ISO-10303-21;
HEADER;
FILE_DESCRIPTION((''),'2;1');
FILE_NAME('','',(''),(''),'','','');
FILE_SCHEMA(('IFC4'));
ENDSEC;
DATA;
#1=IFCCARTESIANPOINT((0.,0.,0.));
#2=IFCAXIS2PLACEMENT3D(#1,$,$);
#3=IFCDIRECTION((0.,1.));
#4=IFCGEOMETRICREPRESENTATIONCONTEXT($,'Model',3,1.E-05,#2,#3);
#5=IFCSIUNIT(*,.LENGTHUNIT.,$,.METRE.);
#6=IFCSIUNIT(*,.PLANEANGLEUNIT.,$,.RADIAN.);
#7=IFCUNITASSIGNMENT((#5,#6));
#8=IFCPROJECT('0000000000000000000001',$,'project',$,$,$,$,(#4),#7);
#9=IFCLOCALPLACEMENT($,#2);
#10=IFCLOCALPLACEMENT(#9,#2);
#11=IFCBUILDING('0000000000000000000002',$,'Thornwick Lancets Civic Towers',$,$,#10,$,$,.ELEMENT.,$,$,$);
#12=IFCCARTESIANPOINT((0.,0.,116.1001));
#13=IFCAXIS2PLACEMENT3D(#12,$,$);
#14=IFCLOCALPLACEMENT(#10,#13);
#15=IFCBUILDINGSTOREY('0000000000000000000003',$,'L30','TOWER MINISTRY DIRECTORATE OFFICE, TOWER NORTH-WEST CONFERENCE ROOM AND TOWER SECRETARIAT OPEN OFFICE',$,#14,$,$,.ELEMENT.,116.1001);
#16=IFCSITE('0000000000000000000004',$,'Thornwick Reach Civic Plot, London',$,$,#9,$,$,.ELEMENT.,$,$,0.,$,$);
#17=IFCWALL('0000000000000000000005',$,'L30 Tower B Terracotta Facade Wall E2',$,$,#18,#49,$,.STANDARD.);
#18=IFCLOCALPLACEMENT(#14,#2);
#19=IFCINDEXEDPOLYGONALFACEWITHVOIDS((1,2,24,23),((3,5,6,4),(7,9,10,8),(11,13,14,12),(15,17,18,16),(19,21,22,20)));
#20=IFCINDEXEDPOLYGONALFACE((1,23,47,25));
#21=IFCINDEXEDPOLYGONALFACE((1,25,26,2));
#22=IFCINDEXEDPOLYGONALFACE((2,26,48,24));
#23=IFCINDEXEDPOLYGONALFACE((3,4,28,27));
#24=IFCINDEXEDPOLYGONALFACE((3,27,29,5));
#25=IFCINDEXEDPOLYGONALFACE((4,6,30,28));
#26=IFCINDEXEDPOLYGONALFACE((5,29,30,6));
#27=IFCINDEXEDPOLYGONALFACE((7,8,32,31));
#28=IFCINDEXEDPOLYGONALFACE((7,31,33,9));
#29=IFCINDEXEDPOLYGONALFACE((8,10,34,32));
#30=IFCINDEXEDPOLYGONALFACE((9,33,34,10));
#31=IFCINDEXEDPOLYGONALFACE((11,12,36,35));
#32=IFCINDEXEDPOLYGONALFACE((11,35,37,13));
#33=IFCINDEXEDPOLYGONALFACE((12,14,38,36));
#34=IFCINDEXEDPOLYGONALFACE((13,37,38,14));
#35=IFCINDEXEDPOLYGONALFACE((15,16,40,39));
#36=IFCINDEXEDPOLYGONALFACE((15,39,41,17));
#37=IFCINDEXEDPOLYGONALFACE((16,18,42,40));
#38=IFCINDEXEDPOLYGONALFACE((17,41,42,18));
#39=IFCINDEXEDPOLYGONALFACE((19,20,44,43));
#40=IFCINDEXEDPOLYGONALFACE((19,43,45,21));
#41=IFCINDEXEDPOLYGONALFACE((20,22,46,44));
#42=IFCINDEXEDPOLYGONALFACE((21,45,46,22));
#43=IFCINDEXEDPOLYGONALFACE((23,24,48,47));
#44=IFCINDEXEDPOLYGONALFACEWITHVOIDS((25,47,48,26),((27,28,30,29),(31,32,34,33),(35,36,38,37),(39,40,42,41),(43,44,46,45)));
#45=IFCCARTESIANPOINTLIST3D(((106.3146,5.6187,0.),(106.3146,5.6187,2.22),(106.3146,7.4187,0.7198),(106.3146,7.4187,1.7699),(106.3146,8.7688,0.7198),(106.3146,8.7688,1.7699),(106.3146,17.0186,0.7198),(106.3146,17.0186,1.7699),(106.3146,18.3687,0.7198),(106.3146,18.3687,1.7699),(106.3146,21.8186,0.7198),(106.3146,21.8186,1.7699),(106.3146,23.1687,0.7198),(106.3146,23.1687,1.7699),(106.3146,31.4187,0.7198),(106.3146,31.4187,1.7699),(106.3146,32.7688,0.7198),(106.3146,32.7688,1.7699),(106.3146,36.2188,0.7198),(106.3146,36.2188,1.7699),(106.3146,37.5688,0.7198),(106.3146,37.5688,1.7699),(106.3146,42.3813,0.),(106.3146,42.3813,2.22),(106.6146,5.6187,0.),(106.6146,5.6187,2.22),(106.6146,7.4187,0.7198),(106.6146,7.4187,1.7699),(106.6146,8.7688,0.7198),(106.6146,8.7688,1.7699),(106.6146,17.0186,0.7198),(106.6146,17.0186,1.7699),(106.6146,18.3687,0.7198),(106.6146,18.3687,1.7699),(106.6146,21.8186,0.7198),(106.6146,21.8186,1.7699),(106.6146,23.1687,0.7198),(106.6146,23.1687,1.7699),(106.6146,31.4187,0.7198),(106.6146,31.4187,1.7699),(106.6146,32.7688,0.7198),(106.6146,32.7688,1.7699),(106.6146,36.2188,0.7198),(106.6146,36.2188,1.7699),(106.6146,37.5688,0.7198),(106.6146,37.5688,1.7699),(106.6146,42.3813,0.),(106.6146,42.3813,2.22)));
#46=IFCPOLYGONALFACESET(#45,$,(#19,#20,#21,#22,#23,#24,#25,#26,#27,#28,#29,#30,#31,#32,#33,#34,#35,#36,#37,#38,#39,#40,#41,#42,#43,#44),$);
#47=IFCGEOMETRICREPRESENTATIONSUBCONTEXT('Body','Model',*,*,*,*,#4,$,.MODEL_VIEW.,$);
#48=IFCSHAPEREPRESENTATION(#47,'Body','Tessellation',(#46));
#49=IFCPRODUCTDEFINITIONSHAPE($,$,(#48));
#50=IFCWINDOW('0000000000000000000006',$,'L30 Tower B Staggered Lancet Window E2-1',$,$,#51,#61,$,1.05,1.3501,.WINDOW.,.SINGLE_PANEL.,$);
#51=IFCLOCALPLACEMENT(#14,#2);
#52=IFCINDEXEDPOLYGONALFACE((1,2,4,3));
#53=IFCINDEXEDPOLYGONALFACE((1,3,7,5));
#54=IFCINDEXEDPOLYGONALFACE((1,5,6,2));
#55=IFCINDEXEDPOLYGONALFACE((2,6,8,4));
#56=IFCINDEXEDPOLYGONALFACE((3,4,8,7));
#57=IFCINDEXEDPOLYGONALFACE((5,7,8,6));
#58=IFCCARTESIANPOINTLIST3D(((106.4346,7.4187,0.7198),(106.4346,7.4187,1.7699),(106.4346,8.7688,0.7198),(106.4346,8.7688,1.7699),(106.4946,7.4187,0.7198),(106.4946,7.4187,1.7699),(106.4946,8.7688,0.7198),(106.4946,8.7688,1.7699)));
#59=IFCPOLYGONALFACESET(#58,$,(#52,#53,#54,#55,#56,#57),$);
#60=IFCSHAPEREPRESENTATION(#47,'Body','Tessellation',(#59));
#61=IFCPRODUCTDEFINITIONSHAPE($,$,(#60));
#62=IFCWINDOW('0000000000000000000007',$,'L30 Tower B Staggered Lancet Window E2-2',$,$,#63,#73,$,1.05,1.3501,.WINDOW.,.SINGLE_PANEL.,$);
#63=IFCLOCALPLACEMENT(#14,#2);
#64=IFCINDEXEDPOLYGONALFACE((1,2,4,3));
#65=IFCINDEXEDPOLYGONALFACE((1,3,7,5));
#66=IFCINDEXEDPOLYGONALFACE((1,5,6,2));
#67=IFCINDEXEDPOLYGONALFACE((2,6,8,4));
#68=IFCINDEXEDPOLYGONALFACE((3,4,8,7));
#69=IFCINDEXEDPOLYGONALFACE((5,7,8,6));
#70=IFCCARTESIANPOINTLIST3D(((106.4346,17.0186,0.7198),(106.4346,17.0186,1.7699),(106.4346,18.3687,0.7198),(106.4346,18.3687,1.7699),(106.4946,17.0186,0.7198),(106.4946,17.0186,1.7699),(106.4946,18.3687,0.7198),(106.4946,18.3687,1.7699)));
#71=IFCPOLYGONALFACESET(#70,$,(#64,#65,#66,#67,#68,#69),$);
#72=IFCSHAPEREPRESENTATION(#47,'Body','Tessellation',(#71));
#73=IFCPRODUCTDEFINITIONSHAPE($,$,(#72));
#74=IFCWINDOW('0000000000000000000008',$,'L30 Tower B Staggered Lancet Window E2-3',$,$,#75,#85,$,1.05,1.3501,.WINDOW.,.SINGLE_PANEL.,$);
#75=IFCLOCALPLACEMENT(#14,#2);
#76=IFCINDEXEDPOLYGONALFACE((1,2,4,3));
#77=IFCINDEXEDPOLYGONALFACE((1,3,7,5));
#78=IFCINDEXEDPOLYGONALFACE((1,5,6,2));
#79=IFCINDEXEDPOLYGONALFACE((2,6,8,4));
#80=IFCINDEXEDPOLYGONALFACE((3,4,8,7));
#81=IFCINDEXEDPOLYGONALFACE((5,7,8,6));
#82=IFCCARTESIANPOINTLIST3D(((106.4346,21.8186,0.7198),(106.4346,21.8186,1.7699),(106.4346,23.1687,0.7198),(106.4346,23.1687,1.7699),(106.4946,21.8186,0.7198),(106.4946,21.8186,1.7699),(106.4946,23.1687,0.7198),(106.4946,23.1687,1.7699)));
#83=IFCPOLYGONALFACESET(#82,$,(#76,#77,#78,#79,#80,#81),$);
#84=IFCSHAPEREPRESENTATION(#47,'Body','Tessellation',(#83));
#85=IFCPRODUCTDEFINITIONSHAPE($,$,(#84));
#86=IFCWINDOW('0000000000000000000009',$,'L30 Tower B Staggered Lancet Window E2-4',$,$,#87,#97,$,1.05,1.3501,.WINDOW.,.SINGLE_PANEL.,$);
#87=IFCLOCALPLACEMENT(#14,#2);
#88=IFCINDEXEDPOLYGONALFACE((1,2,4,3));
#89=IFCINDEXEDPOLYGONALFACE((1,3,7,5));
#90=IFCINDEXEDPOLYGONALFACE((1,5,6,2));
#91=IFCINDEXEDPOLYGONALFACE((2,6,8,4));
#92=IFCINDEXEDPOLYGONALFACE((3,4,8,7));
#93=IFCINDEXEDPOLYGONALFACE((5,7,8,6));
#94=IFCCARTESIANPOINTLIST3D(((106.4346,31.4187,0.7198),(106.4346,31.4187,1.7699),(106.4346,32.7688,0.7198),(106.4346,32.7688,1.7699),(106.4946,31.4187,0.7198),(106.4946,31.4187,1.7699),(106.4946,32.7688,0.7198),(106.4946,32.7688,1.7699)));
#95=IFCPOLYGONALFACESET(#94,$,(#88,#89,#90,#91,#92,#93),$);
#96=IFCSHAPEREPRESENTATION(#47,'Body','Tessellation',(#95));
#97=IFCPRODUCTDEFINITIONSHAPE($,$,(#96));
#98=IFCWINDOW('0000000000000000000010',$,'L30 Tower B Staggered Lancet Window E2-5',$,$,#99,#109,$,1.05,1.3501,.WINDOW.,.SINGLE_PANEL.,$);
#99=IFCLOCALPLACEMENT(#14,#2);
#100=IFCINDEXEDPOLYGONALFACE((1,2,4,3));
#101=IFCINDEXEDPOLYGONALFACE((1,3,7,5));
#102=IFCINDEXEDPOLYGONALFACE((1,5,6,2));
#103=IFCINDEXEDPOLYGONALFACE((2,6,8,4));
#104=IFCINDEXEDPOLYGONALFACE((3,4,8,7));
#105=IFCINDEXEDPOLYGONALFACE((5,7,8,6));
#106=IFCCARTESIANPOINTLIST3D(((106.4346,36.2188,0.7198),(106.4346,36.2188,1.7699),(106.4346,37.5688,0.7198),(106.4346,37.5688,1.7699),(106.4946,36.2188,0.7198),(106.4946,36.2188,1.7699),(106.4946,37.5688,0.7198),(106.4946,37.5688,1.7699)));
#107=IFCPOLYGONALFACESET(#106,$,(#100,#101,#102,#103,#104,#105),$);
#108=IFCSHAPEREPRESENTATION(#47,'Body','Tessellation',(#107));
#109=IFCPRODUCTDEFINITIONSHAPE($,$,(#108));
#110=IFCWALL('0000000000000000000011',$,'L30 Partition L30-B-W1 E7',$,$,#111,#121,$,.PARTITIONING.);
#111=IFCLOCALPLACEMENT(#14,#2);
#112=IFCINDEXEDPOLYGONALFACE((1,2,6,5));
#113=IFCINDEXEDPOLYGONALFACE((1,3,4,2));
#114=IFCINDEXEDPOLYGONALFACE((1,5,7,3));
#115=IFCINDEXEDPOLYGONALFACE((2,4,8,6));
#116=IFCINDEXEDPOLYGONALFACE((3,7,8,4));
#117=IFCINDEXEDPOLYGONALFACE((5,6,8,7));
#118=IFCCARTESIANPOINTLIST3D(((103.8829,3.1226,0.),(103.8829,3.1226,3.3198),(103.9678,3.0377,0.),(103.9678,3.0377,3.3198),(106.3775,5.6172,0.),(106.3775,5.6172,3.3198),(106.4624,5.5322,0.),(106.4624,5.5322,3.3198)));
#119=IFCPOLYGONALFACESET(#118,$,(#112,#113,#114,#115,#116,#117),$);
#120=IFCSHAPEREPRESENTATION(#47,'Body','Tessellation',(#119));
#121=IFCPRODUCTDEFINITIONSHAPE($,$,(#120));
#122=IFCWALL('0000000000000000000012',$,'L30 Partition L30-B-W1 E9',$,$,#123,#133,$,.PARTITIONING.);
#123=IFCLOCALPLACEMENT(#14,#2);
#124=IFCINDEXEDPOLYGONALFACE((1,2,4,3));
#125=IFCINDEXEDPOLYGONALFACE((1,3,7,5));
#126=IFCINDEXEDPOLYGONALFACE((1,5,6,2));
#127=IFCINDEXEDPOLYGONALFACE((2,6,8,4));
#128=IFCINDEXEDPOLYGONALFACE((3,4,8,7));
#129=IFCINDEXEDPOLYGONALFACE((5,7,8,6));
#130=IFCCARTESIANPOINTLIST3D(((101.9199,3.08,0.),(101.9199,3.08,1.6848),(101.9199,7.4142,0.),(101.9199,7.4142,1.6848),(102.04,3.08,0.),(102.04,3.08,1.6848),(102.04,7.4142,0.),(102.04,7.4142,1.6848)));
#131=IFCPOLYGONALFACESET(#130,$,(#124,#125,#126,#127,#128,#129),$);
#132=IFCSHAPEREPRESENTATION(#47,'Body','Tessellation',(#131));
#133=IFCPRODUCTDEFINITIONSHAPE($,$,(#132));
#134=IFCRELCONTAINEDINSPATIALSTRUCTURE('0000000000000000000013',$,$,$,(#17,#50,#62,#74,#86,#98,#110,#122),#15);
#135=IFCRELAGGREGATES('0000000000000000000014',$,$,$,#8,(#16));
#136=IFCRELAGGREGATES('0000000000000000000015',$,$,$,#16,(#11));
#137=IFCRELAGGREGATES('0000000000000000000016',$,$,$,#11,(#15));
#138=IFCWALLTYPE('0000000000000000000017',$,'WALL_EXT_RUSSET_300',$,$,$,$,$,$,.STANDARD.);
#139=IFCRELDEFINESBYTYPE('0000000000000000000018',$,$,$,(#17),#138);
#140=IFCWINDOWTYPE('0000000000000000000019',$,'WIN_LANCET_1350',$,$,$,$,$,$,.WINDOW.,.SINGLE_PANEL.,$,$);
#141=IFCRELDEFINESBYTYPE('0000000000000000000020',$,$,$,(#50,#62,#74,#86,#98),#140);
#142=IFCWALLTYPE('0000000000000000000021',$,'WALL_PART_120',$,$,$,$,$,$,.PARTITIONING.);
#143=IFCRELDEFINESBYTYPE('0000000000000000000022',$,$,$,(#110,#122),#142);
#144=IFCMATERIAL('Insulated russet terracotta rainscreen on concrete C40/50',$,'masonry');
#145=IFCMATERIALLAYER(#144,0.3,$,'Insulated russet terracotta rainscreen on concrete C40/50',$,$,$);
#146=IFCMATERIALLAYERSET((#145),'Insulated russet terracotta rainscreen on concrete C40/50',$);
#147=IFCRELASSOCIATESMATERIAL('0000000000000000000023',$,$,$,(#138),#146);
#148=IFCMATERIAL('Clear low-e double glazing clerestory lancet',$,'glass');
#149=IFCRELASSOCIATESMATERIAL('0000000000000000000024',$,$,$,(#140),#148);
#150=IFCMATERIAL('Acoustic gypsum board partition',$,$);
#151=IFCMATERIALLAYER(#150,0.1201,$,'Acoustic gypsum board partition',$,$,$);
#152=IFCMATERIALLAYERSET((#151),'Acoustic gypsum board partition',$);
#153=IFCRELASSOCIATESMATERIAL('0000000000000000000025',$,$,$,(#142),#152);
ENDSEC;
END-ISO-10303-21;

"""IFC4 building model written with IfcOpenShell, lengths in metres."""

from ifc_helpers import new_model, si_unit, direction, frame, frame_2d, origin, place, context, subcontext, project, spatial, rectangle, extrude, material, layer, layer_set, type_object, element, fill, save


model = new_model("IFC4")

# Units and contexts
model_context = context("Model", 3, precision=1e-05, world=origin(), true_north=direction((0.0, 1.0)))
body_context = subcontext(model_context, "Body", "Model", "MODEL_VIEW")
ifc_project = project(units=[si_unit("LENGTHUNIT", "METRE"), si_unit("PLANEANGLEUNIT", "RADIAN")], contexts=[model_context])

# Site, building, storey
site_placement = place(None, origin())
site = spatial("IfcSite", under=ifc_project, at=site_placement, Name="Thornwick Reach Civic Plot, London", CompositionType="ELEMENT", RefElevation=0.0)
building_placement = place(site_placement, origin())
building = spatial("IfcBuilding", under=site, at=building_placement, Name="Thornwick Lancets Civic Towers", CompositionType="ELEMENT")
storey_placement = place(building_placement, frame((0.0, 0.0, 116.1001)))
storey = spatial("IfcBuildingStorey", under=building, at=storey_placement, Name="L30", Description="TOWER MINISTRY DIRECTORATE OFFICE, TOWER NORTH-WEST CONFERENCE ROOM AND TOWER SECRETARIAT OPEN OFFICE", CompositionType="ELEMENT", Elevation=116.1001)

# Wall, openings, windows
ifc_material_1 = material(Name="Insulated russet terracotta rainscreen on concrete C40/50", Category="masonry")
ifc_layer_1 = layer(ifc_material_1, 0.3, Name="Insulated russet terracotta rainscreen on concrete C40/50")
ifc_layer_set_1 = layer_set([ifc_layer_1], Name="Insulated russet terracotta rainscreen on concrete C40/50")
wall_type_1 = type_object("IfcWallType", Name="WALL_EXT_RUSSET_300", PredefinedType="STANDARD", material=ifc_layer_set_1)
wall_1_placement = place(storey_placement, frame((106.4646, 5.6187, 0.0), z_axis=(0.0, 0.0, 1.0), x_axis=(0.0, 1.0, 0.0)))
wall_1 = element("IfcWall", 1, at=wall_1_placement, inside=storey, type_object=wall_type_1, Name="L30 Tower B Terracotta Facade Wall E2", PredefinedType="STANDARD", context=body_context, shape_type="SweptSolid", body=[
    extrude(rectangle(XDim=36.7627, YDim=0.3, at=frame_2d((18.3813, 0.0))), origin(), (0.0, 0.0, 1.0), 2.22),
])
opening_1_placement = place(wall_1_placement, frame((1.8, 0.0, 0.72)))
opening_1 = element("IfcOpeningElement", 2, at=opening_1_placement, cuts=wall_1, PredefinedType="OPENING", context=body_context, shape_type="SweptSolid", body=[
    extrude(rectangle(XDim=1.3501, YDim=1.05, at=frame_2d((0.675, 0.5249))), frame((0.0, 0.1602, 0.0), z_axis=(0.0, -1.0, 0.0), x_axis=(1.0, 0.0, 0.0)), (0.0, 0.0, 1.0), 0.3201),
])
opening_2_placement = place(wall_1_placement, frame((11.3999, 0.0, 0.72)))
opening_2 = element("IfcOpeningElement", 3, at=opening_2_placement, cuts=wall_1, PredefinedType="OPENING", context=body_context, shape_type="SweptSolid", body=[
    extrude(rectangle(XDim=1.3501, YDim=1.05, at=frame_2d((0.675, 0.5249))), frame((0.0, 0.1602, 0.0), z_axis=(0.0, -1.0, 0.0), x_axis=(1.0, 0.0, 0.0)), (0.0, 0.0, 1.0), 0.3201),
])
opening_3_placement = place(wall_1_placement, frame((16.2, 0.0, 0.72)))
opening_3 = element("IfcOpeningElement", 4, at=opening_3_placement, cuts=wall_1, PredefinedType="OPENING", context=body_context, shape_type="SweptSolid", body=[
    extrude(rectangle(XDim=1.3501, YDim=1.05, at=frame_2d((0.675, 0.5249))), frame((0.0, 0.1602, 0.0), z_axis=(0.0, -1.0, 0.0), x_axis=(1.0, 0.0, 0.0)), (0.0, 0.0, 1.0), 0.3201),
])
opening_4_placement = place(wall_1_placement, frame((25.8, 0.0, 0.72)))
opening_4 = element("IfcOpeningElement", 5, at=opening_4_placement, cuts=wall_1, PredefinedType="OPENING", context=body_context, shape_type="SweptSolid", body=[
    extrude(rectangle(XDim=1.3501, YDim=1.05, at=frame_2d((0.675, 0.5249))), frame((0.0, 0.1602, 0.0), z_axis=(0.0, -1.0, 0.0), x_axis=(1.0, 0.0, 0.0)), (0.0, 0.0, 1.0), 0.3201),
])
opening_5_placement = place(wall_1_placement, frame((30.6001, 0.0, 0.72)))
opening_5 = element("IfcOpeningElement", 6, at=opening_5_placement, cuts=wall_1, PredefinedType="OPENING", context=body_context, shape_type="SweptSolid", body=[
    extrude(rectangle(XDim=1.3501, YDim=1.05, at=frame_2d((0.675, 0.5249))), frame((0.0, 0.1602, 0.0), z_axis=(0.0, -1.0, 0.0), x_axis=(1.0, 0.0, 0.0)), (0.0, 0.0, 1.0), 0.3201),
])
ifc_material_2 = material(Name="Clear low-e double glazing clerestory lancet", Category="glass")
window_type = type_object("IfcWindowType", Name="WIN_LANCET_1350", PartitioningType="SINGLE_PANEL", PredefinedType="WINDOW", material=ifc_material_2)
window_1_placement = place(opening_1_placement, origin())
window_1 = element("IfcWindow", 7, at=window_1_placement, inside=storey, type_object=window_type, Name="L30 Tower B Staggered Lancet Window E2-1", OverallHeight=1.05, OverallWidth=1.3501, PartitioningType="SINGLE_PANEL", PredefinedType="WINDOW", context=body_context, shape_type="SweptSolid", body=[
    extrude(rectangle(XDim=1.3501, YDim=1.05, at=frame_2d((0.675, 0.5249))), frame((0.0, 0.03, 0.0), z_axis=(0.0, -1.0, 0.0), x_axis=(1.0, 0.0, 0.0)), (0.0, 0.0, 1.0), 0.0601),
])
fill(opening_1, window_1)
window_2_placement = place(opening_2_placement, origin())
window_2 = element("IfcWindow", 8, at=window_2_placement, inside=storey, type_object=window_type, Name="L30 Tower B Staggered Lancet Window E2-2", OverallHeight=1.05, OverallWidth=1.3501, PartitioningType="SINGLE_PANEL", PredefinedType="WINDOW", context=body_context, shape_type="SweptSolid", body=[
    extrude(rectangle(XDim=1.3501, YDim=1.05, at=frame_2d((0.675, 0.5249))), frame((0.0, 0.03, 0.0), z_axis=(0.0, -1.0, 0.0), x_axis=(1.0, 0.0, 0.0)), (0.0, 0.0, 1.0), 0.0601),
])
fill(opening_2, window_2)
window_3_placement = place(opening_3_placement, origin())
window_3 = element("IfcWindow", 9, at=window_3_placement, inside=storey, type_object=window_type, Name="L30 Tower B Staggered Lancet Window E2-3", OverallHeight=1.05, OverallWidth=1.3501, PartitioningType="SINGLE_PANEL", PredefinedType="WINDOW", context=body_context, shape_type="SweptSolid", body=[
    extrude(rectangle(XDim=1.3501, YDim=1.05, at=frame_2d((0.675, 0.5249))), frame((0.0, 0.03, 0.0), z_axis=(0.0, -1.0, 0.0), x_axis=(1.0, 0.0, 0.0)), (0.0, 0.0, 1.0), 0.0601),
])
fill(opening_3, window_3)
window_4_placement = place(opening_4_placement, origin())
window_4 = element("IfcWindow", 10, at=window_4_placement, inside=storey, type_object=window_type, Name="L30 Tower B Staggered Lancet Window E2-4", OverallHeight=1.05, OverallWidth=1.3501, PartitioningType="SINGLE_PANEL", PredefinedType="WINDOW", context=body_context, shape_type="SweptSolid", body=[
    extrude(rectangle(XDim=1.3501, YDim=1.05, at=frame_2d((0.675, 0.5249))), frame((0.0, 0.03, 0.0), z_axis=(0.0, -1.0, 0.0), x_axis=(1.0, 0.0, 0.0)), (0.0, 0.0, 1.0), 0.0601),
])
fill(opening_4, window_4)
window_5_placement = place(opening_5_placement, origin())
window_5 = element("IfcWindow", 11, at=window_5_placement, inside=storey, type_object=window_type, Name="L30 Tower B Staggered Lancet Window E2-5", OverallHeight=1.05, OverallWidth=1.3501, PartitioningType="SINGLE_PANEL", PredefinedType="WINDOW", context=body_context, shape_type="SweptSolid", body=[
    extrude(rectangle(XDim=1.3501, YDim=1.05, at=frame_2d((0.675, 0.5249))), frame((0.0, 0.03, 0.0), z_axis=(0.0, -1.0, 0.0), x_axis=(1.0, 0.0, 0.0)), (0.0, 0.0, 1.0), 0.0601),
])
fill(opening_5, window_5)

# Walls
ifc_material_3 = material(Name="Acoustic gypsum board partition")
ifc_layer_2 = layer(ifc_material_3, 0.1201, Name="Acoustic gypsum board partition")
ifc_layer_set_2 = layer_set([ifc_layer_2], Name="Acoustic gypsum board partition")
wall_type_2 = type_object("IfcWallType", Name="WALL_PART_120", PredefinedType="PARTITIONING", material=ifc_layer_set_2)
wall_2_placement = place(storey_placement, frame((106.4199, 5.5747, 0.0), z_axis=(0.0, 0.0, 1.0), x_axis=(-0.707107, -0.707107, 0.0)))
element("IfcWall", 12, at=wall_2_placement, inside=storey, type_object=wall_type_2, Name="L30 Partition L30-B-W1 E7", PredefinedType="PARTITIONING", context=body_context, shape_type="SweptSolid", body=[
    extrude(rectangle(XDim=3.5278, YDim=0.1201, at=frame_2d((1.7639, 0.0))), origin(), (0.0, 0.0, 1.0), 3.3198),
])
wall_3_placement = place(storey_placement, frame((101.98, 3.0801, 0.0), z_axis=(0.0, 0.0, 1.0), x_axis=(0.0, 1.0, 0.0)))
element("IfcWall", 13, at=wall_3_placement, inside=storey, type_object=wall_type_2, Name="L30 Partition L30-B-W1 E9", PredefinedType="PARTITIONING", context=body_context, shape_type="SweptSolid", body=[
    extrude(rectangle(XDim=4.3342, YDim=0.1201, at=frame_2d((2.167, 0.0))), origin(), (0.0, 0.0, 1.0), 1.6848),
])

save(model, "model.ifc")
